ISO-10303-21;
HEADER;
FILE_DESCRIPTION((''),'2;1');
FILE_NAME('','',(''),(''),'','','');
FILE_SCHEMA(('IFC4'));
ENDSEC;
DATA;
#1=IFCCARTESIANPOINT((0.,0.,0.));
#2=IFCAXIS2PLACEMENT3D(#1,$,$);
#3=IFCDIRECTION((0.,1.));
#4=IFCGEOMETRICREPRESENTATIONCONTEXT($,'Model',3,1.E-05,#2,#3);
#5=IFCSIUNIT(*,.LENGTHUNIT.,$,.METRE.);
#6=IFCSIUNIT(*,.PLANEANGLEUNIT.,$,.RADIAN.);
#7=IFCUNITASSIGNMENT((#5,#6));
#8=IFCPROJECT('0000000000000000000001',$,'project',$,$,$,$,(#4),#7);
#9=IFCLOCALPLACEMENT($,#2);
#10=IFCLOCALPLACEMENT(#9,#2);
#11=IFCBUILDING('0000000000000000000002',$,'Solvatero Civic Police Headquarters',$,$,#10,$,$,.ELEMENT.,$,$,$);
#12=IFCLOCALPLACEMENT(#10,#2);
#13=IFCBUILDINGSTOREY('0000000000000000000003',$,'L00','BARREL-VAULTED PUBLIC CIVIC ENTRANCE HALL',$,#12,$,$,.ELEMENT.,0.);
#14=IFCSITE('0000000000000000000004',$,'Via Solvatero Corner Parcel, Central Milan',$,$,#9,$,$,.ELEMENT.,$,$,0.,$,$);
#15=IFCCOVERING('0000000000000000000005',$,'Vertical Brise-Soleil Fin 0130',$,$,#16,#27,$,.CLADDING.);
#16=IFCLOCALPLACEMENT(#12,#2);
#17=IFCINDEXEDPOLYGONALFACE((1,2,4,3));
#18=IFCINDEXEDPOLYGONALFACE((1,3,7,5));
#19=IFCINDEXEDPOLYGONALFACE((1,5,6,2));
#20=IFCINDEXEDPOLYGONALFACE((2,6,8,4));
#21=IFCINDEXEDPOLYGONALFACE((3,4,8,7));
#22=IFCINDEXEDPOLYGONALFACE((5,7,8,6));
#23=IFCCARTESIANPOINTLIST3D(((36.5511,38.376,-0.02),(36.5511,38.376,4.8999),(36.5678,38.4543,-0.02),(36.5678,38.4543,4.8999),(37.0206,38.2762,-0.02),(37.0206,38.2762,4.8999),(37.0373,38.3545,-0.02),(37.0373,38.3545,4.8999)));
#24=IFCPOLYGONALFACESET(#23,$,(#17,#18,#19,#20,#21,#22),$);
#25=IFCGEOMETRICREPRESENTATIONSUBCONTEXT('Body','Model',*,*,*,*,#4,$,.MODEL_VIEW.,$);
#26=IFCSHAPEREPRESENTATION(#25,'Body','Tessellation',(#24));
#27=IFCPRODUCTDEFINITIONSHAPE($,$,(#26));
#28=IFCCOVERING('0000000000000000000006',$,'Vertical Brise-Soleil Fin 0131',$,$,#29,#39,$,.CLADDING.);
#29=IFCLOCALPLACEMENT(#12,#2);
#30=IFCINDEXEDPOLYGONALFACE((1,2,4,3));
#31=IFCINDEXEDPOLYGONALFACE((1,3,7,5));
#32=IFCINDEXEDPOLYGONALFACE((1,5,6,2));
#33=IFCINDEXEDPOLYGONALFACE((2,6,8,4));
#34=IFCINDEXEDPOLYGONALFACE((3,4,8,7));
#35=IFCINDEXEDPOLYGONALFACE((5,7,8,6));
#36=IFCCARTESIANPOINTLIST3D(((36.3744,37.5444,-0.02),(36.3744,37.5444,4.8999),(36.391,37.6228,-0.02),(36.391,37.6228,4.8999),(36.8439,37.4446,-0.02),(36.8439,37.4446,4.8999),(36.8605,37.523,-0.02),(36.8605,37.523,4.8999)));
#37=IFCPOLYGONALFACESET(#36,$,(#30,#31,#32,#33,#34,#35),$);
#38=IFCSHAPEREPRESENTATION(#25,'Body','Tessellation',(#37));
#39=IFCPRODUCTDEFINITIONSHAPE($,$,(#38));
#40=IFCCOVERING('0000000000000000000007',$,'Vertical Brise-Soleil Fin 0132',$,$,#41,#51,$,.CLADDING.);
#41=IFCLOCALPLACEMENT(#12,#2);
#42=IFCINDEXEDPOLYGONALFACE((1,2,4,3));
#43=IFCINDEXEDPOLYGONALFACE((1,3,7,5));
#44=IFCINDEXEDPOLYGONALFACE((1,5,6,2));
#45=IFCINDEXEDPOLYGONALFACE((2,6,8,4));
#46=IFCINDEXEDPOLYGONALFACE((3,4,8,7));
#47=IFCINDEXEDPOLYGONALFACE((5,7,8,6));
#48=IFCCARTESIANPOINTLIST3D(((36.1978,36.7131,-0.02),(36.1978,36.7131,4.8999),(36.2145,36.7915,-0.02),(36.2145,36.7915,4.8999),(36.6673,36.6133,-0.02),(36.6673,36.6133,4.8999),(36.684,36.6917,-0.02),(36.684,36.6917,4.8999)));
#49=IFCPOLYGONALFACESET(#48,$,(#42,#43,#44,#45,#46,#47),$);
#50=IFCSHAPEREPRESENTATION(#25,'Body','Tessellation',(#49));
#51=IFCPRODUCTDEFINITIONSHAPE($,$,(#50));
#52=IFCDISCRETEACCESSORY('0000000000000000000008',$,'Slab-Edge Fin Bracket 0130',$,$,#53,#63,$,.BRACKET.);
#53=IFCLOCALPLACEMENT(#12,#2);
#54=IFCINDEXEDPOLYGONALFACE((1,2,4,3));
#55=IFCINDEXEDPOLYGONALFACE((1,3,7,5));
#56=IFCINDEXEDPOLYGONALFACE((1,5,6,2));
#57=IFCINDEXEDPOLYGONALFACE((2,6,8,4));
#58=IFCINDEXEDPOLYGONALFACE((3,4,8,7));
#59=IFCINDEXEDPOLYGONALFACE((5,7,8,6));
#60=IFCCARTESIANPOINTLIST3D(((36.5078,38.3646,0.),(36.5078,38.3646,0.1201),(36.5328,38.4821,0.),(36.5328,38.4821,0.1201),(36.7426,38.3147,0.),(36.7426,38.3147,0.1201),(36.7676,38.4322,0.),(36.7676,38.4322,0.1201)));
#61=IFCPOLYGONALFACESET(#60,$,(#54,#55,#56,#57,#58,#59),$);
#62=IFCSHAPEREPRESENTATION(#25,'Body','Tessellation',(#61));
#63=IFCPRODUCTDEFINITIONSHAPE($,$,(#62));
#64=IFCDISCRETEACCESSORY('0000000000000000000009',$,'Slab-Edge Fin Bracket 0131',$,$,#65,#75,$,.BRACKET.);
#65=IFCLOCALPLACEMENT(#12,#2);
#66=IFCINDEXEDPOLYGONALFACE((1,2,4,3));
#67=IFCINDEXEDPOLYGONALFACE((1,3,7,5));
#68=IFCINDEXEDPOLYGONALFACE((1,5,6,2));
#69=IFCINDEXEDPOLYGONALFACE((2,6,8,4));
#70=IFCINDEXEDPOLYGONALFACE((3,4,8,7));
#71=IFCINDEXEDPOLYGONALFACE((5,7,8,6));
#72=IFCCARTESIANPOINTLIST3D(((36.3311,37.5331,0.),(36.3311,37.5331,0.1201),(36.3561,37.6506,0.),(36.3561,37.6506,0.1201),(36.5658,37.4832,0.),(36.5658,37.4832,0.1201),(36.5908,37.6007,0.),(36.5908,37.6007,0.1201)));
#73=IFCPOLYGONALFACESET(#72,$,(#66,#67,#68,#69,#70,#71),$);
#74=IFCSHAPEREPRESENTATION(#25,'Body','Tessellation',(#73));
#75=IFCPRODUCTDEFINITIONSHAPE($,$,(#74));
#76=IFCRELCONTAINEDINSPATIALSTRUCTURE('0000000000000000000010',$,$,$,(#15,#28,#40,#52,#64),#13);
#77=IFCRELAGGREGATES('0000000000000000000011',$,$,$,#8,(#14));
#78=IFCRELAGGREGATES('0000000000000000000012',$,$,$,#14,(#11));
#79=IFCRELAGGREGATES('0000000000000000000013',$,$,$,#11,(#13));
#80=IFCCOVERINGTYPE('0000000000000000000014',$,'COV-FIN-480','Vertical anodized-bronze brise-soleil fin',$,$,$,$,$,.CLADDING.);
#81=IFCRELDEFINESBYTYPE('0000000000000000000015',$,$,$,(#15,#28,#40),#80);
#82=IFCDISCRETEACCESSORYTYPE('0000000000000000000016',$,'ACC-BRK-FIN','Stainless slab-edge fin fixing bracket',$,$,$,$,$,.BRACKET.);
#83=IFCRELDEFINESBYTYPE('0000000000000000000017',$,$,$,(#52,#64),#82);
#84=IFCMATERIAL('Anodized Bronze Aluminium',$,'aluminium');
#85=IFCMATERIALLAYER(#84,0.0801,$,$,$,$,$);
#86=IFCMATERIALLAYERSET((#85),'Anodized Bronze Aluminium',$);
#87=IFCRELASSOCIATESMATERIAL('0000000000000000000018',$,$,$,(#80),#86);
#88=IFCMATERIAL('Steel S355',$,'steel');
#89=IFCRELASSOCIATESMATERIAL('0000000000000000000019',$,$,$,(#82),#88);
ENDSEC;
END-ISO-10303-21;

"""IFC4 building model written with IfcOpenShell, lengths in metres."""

from ifc_helpers import new_model, si_unit, direction, frame, origin, origin_2d, place, context, subcontext, project, spatial, rectangle, extrude, material, layer, layer_set, type_object, element, save


model = new_model("IFC4")

# Units and contexts
model_context = context("Model", 3, precision=1e-05, world=origin(), true_north=direction((0.0, 1.0)))
body_context = subcontext(model_context, "Body", "Model", "MODEL_VIEW")
ifc_project = project(units=[si_unit("LENGTHUNIT", "METRE"), si_unit("PLANEANGLEUNIT", "RADIAN")], contexts=[model_context])

# Site, building, storey
site_placement = place(None, origin())
site = spatial("IfcSite", under=ifc_project, at=site_placement, Name="Via Solvatero Corner Parcel, Central Milan", CompositionType="ELEMENT", RefElevation=0.0)
building_placement = place(site_placement, origin())
building = spatial("IfcBuilding", under=site, at=building_placement, Name="Solvatero Civic Police Headquarters", CompositionType="ELEMENT")
storey_placement = place(building_placement, origin())
storey = spatial("IfcBuildingStorey", under=building, at=storey_placement, Name="L00", Description="BARREL-VAULTED PUBLIC CIVIC ENTRANCE HALL", CompositionType="ELEMENT", Elevation=0.0)

# Shared definitions
ifc_material_1 = material(Name="Steel S355", Category="steel")

# Shared definitions
ifc_material_2 = material(Name="Anodized Bronze Aluminium", Category="aluminium")

# Coverings
ifc_layer_1 = layer(ifc_material_2, 0.0801)
ifc_layer_set_1 = layer_set([ifc_layer_1], Name="Anodized Bronze Aluminium")
covering_type = type_object("IfcCoveringType", Name="COV-FIN-480", Description="Vertical anodized-bronze brise-soleil fin", PredefinedType="CLADDING", material=ifc_layer_set_1)
for number, where, z_axis, x_axis, name in (
    (1, (36.7942, 38.3652, -0.02), (0.0, 0.0, 1.0), (-0.207912, -0.978148, 0.0), "Vertical Brise-Soleil Fin 0130"),
    (2, (36.6174, 37.5337, -0.02), (0.0, 0.0, 1.0), (-0.207912, -0.978148, 0.0), "Vertical Brise-Soleil Fin 0131"),
    (3, (36.4409, 36.7024, -0.02), (0.0, 0.0, 1.0), (-0.207912, -0.978148, 0.0), "Vertical Brise-Soleil Fin 0132"),
):
    element("IfcCovering", number, at=place(storey_placement, frame(where, z_axis=z_axis, x_axis=x_axis)), inside=storey, type_object=covering_type, Name=name, PredefinedType="CLADDING", context=body_context, shape_type="SweptSolid", body=[
        extrude(rectangle(XDim=0.0801, YDim=0.48, at=origin_2d()), origin(), (0.0, 0.0, 1.0), 4.9199),
    ])

# Discrete accessories
discrete_accessory_type = type_object("IfcDiscreteAccessoryType", Name="ACC-BRK-FIN", Description="Stainless slab-edge fin fixing bracket", PredefinedType="BRACKET", material=ifc_material_1)
for number, where, z_axis, x_axis, name in (
    (4, (36.6377, 38.3984, 0.0), (0.0, 0.0, 1.0), (-0.207912, -0.978148, 0.0), "Slab-Edge Fin Bracket 0130"),
    (5, (36.4609, 37.5669, 0.0), (0.0, 0.0, 1.0), (-0.207912, -0.978148, 0.0), "Slab-Edge Fin Bracket 0131"),
):
    element("IfcDiscreteAccessory", number, at=place(storey_placement, frame(where, z_axis=z_axis, x_axis=x_axis)), inside=storey, type_object=discrete_accessory_type, Name=name, PredefinedType="BRACKET", context=body_context, shape_type="SweptSolid", body=[
        extrude(rectangle(XDim=0.1201, YDim=0.24, at=origin_2d()), origin(), (0.0, 0.0, 1.0), 0.1201),
    ])

save(model, "model.ifc")
